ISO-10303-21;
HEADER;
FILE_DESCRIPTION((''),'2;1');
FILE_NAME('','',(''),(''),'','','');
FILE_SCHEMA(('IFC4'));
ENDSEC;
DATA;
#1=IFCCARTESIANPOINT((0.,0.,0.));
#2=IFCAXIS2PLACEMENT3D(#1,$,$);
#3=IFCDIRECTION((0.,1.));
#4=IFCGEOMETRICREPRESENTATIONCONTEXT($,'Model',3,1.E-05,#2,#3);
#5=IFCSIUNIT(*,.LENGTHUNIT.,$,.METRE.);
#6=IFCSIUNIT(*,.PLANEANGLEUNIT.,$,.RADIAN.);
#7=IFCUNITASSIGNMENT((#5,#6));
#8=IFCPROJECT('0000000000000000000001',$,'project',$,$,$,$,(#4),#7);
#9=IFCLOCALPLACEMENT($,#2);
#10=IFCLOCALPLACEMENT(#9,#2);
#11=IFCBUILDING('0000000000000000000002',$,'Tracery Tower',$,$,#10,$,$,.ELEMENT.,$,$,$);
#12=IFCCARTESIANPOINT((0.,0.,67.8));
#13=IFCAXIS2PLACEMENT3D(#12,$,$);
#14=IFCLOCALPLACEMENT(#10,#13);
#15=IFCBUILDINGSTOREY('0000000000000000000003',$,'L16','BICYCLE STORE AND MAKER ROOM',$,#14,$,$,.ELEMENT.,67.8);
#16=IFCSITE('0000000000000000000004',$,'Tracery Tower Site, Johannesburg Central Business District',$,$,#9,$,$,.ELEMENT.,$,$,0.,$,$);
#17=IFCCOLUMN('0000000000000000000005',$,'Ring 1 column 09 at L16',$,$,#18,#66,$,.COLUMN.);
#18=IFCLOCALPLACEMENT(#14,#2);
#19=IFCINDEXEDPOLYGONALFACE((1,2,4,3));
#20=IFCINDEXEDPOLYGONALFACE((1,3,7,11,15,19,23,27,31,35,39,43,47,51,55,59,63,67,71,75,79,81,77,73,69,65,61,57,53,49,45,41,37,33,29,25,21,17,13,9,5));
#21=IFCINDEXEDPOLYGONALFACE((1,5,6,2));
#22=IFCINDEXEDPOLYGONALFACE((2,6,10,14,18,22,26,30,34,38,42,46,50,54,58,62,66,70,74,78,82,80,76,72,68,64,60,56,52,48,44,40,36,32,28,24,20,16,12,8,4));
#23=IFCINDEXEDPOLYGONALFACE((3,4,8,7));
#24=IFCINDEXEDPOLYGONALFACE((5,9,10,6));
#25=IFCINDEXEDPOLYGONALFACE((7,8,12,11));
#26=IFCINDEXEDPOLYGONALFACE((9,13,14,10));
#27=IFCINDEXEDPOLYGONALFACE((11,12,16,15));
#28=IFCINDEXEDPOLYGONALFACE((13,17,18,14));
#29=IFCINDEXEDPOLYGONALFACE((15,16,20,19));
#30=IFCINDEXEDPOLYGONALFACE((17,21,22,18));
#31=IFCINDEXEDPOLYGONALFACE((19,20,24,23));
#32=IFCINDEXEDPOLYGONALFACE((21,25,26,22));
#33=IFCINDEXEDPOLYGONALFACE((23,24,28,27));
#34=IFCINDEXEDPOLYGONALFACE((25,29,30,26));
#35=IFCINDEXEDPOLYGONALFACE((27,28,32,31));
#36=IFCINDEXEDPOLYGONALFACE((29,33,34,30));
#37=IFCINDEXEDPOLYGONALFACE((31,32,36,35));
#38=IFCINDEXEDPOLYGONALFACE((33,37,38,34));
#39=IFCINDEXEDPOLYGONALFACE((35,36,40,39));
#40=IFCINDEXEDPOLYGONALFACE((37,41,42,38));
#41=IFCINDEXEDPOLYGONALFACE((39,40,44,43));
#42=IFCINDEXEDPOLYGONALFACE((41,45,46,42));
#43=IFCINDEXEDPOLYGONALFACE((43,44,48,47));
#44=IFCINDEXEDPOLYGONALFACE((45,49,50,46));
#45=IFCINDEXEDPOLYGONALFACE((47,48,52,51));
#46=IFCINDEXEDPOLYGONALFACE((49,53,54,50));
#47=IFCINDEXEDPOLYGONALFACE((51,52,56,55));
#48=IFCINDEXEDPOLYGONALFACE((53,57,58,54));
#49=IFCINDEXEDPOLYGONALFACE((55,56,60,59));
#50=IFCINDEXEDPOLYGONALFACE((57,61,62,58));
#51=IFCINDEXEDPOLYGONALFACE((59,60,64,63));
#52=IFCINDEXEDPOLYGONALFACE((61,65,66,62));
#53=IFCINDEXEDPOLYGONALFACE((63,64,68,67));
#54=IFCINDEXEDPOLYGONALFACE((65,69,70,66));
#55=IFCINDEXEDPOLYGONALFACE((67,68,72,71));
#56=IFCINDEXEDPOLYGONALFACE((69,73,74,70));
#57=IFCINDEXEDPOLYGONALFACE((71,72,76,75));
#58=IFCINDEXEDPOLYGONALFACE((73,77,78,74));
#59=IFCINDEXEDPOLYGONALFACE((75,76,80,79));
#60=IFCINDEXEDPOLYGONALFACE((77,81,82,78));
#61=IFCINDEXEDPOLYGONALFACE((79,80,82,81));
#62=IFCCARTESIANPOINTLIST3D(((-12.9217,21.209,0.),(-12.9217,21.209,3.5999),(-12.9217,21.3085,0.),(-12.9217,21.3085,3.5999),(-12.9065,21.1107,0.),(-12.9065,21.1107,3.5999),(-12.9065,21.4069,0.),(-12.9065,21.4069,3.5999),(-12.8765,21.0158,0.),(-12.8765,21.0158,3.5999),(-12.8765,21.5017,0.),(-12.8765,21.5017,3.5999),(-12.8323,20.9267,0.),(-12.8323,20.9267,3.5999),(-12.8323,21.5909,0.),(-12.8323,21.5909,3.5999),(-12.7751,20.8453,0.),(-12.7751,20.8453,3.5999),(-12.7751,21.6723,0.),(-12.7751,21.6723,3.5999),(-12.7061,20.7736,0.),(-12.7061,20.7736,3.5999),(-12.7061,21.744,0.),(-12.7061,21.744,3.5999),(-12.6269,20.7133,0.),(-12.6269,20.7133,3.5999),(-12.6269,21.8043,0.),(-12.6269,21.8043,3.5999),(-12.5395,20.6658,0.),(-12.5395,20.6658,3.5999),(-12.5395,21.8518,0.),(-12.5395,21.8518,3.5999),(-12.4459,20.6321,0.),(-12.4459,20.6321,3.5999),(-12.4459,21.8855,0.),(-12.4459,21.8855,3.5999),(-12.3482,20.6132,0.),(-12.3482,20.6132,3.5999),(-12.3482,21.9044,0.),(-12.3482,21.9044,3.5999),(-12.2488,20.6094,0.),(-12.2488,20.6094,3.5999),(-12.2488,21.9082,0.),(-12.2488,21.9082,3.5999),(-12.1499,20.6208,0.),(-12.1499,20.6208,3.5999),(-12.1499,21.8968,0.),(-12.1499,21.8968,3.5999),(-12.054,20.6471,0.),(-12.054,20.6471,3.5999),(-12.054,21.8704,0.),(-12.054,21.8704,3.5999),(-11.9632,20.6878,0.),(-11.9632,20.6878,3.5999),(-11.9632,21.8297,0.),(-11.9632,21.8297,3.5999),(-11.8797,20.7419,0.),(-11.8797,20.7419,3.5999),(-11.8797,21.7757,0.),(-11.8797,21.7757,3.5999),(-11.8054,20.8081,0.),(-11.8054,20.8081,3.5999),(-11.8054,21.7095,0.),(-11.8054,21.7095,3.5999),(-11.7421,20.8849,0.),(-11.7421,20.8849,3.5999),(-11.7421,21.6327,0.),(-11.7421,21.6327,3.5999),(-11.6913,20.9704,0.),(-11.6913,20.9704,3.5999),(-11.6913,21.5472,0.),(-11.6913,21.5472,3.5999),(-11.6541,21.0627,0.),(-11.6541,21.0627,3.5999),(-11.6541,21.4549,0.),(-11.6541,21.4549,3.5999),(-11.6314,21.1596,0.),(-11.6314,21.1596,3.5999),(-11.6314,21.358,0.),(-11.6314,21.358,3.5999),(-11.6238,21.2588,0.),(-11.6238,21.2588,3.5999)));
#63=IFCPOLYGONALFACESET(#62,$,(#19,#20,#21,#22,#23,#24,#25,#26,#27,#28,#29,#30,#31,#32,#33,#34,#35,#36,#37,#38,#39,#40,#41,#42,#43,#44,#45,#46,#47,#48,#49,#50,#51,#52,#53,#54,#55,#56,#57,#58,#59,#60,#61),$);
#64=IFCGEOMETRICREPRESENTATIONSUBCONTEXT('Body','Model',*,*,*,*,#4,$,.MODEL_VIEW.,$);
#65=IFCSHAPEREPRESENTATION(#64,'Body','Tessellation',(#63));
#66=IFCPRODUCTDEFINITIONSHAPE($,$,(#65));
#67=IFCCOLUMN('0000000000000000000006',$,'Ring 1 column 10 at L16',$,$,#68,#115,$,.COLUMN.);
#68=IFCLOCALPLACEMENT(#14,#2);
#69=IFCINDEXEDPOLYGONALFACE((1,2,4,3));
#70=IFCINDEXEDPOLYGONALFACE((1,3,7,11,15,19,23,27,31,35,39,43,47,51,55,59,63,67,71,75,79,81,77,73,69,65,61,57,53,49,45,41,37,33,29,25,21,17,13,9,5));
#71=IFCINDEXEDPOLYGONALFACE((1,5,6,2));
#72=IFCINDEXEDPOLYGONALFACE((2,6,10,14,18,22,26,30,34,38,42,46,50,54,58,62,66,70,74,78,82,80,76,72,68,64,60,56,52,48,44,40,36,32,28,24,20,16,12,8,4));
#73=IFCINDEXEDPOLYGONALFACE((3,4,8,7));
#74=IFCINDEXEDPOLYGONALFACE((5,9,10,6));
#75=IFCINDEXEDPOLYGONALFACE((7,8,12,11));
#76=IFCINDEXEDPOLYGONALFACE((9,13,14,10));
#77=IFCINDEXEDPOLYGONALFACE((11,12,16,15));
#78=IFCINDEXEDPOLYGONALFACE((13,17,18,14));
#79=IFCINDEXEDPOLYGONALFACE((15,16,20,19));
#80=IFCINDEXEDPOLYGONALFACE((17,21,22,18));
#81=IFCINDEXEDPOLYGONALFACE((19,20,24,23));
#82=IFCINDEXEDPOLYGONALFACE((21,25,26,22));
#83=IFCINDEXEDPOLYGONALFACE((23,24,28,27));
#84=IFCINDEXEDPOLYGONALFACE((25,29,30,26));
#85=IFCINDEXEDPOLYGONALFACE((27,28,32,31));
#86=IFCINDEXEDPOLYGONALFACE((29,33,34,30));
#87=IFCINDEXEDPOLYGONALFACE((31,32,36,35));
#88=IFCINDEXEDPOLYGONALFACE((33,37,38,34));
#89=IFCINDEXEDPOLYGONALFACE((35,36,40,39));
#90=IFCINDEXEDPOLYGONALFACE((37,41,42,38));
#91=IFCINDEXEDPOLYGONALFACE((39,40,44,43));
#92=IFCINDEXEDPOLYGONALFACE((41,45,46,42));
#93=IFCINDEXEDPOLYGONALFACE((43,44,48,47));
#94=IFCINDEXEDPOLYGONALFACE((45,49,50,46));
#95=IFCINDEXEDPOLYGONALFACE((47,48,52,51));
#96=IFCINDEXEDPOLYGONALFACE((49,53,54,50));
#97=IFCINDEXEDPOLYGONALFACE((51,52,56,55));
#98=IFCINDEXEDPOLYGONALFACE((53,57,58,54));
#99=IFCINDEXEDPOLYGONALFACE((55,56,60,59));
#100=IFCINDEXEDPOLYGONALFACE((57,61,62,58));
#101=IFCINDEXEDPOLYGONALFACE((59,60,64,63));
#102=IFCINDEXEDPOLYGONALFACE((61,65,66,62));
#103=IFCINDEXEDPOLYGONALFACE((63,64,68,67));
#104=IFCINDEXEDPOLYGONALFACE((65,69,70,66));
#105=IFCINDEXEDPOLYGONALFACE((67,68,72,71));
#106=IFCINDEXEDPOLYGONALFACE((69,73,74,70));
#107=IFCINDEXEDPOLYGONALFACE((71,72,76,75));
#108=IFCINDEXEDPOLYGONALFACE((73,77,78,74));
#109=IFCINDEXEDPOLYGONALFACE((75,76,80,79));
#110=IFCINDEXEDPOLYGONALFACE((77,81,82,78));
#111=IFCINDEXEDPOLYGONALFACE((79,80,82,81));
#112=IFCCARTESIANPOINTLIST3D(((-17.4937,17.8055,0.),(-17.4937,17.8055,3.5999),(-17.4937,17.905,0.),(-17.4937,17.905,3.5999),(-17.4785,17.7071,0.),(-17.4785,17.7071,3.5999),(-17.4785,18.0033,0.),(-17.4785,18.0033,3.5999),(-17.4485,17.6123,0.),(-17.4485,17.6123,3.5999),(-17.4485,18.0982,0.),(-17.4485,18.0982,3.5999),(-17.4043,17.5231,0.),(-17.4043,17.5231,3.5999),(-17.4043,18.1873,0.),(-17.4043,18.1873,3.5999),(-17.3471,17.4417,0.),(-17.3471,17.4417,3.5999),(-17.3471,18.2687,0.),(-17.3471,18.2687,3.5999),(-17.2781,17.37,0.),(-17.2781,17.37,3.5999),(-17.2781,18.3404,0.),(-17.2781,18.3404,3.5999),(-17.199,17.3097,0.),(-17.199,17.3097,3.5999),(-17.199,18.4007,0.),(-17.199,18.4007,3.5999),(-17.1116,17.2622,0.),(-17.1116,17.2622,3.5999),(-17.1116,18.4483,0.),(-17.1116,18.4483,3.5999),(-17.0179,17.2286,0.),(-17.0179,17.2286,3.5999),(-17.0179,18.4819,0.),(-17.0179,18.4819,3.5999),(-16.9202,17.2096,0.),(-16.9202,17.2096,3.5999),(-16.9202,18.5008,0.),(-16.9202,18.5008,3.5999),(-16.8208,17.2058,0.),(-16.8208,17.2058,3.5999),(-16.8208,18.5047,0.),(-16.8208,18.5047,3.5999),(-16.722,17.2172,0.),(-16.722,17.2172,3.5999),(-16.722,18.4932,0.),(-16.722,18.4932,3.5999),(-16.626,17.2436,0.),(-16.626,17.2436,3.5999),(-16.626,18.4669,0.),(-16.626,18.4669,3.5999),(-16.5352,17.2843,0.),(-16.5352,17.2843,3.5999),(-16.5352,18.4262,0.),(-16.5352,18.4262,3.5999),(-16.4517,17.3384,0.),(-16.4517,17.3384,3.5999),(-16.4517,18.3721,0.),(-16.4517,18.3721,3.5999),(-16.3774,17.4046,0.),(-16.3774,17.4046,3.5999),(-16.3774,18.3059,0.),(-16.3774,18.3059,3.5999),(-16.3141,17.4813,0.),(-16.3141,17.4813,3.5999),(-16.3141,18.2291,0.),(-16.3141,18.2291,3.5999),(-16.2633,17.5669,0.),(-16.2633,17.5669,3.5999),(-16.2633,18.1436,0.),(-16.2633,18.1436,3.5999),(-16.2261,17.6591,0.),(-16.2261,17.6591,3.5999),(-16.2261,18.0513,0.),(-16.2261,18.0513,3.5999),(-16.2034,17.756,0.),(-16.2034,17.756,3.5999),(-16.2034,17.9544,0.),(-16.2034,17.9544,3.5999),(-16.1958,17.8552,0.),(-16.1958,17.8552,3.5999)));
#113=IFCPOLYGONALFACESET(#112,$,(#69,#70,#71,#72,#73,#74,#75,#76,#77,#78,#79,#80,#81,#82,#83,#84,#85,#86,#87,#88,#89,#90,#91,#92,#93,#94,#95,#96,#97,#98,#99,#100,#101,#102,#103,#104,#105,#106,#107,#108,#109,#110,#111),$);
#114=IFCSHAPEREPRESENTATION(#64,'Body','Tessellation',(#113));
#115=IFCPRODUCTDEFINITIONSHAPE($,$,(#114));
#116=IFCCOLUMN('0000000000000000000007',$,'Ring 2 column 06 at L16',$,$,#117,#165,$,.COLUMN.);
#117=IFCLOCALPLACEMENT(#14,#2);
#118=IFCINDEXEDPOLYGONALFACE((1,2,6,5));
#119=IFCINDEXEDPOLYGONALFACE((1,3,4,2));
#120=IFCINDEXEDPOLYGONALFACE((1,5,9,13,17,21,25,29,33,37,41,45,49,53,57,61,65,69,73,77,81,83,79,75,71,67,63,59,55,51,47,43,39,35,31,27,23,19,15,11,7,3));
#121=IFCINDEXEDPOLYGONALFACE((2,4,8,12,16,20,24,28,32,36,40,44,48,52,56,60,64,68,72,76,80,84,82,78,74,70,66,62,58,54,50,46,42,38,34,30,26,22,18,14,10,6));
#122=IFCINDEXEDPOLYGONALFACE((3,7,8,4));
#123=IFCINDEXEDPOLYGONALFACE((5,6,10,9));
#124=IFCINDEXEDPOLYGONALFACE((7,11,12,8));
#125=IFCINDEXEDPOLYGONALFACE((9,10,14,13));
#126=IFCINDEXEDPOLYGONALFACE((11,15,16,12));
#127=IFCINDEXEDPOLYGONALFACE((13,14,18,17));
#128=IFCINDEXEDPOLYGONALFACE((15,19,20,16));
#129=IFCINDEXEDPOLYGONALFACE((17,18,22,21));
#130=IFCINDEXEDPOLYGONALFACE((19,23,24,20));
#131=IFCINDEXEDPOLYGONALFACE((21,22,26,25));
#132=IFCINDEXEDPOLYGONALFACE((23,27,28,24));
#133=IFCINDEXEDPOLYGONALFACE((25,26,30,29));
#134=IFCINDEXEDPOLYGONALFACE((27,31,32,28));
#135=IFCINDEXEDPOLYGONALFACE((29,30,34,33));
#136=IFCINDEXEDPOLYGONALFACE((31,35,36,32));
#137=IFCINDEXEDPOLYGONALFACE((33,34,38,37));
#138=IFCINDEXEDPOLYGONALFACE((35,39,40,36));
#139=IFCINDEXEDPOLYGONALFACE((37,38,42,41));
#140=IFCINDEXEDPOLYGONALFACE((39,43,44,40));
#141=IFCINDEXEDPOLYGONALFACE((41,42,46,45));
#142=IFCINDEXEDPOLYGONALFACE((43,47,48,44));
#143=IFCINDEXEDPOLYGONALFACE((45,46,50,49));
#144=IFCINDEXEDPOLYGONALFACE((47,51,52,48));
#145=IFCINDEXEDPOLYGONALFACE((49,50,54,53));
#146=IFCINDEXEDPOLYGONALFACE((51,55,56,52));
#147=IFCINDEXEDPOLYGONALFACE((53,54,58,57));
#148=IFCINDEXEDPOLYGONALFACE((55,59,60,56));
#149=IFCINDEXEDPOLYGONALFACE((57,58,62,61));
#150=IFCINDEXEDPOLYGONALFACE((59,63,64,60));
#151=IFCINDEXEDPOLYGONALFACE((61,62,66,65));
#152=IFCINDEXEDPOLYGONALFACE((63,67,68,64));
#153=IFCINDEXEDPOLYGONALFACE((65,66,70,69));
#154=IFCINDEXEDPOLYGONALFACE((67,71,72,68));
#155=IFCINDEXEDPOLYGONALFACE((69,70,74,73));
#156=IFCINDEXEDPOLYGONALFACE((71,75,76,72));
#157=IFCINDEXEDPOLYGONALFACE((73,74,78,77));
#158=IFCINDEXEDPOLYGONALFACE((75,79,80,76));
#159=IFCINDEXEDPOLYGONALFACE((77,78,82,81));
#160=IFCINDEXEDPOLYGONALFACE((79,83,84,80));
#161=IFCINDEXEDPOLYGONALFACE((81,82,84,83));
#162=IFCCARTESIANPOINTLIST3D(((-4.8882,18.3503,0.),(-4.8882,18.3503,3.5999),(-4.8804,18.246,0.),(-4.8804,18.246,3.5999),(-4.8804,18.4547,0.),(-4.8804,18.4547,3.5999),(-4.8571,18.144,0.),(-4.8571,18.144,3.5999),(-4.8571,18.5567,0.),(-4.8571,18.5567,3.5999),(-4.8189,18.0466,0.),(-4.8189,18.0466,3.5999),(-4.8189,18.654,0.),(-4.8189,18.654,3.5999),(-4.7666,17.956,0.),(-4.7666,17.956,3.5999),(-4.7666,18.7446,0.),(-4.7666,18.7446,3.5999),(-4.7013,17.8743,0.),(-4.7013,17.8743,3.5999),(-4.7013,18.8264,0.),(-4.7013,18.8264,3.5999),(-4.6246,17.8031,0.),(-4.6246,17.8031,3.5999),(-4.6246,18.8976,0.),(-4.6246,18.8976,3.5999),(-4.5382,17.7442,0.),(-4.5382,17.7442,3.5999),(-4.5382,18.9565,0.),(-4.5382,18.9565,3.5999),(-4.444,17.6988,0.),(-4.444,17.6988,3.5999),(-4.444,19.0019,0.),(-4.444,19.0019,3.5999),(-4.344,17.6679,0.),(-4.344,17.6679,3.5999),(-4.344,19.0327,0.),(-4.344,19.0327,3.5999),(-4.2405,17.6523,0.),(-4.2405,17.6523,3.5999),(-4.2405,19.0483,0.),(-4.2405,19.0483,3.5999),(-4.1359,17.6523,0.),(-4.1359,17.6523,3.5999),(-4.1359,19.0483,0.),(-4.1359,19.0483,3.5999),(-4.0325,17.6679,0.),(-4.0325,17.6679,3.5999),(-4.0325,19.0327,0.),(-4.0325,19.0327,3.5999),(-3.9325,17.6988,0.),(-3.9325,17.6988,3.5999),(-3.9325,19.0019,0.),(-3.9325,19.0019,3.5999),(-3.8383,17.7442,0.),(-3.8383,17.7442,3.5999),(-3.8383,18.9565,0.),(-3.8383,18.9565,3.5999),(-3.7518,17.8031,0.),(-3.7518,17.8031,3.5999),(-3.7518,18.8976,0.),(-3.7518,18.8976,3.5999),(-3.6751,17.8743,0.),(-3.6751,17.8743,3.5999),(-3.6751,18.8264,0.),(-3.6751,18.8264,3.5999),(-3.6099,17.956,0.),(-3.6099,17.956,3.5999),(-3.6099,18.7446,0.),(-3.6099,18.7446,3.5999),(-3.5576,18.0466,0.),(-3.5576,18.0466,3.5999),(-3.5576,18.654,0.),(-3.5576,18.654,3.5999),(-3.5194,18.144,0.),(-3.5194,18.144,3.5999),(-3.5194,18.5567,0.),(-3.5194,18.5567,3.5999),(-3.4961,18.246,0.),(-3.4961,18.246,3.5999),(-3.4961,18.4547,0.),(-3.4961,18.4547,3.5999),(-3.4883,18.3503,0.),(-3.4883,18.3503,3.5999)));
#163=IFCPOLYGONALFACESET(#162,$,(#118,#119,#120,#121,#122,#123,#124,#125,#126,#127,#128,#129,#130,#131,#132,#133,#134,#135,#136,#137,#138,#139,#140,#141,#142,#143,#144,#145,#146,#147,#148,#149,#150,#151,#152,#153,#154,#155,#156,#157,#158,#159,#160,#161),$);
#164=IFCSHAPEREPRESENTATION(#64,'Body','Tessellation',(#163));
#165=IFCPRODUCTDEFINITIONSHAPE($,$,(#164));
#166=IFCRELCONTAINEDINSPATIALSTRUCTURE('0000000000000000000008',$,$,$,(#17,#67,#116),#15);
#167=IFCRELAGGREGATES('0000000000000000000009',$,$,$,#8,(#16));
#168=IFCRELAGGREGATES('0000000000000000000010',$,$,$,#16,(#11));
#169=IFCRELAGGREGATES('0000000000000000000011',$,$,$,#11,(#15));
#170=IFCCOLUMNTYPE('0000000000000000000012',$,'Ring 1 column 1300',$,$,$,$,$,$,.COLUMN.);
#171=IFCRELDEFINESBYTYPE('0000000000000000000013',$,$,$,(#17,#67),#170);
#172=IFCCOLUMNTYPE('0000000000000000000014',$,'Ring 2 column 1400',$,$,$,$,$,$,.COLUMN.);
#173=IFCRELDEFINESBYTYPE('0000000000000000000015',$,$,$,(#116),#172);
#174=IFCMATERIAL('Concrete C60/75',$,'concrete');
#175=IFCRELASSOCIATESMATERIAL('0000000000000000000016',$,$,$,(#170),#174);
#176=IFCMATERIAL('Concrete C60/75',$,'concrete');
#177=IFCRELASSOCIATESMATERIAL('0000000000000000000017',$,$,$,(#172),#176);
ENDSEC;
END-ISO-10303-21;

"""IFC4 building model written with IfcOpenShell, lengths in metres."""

from ifc_helpers import new_model, si_unit, direction, frame, origin, origin_2d, place, context, subcontext, project, spatial, circle, extrude, material, material_profile, profile_set, type_object, element, save


model = new_model("IFC4")

# Units and contexts
model_context = context("Model", 3, precision=1e-05, world=origin(), true_north=direction((0.0, 1.0)))
body_context = subcontext(model_context, "Body", "Model", "MODEL_VIEW")
ifc_project = project(units=[si_unit("LENGTHUNIT", "METRE"), si_unit("PLANEANGLEUNIT", "RADIAN")], contexts=[model_context])

# Site, building, storey
site_placement = place(None, origin())
site = spatial("IfcSite", under=ifc_project, at=site_placement, Name="Tracery Tower Site, Johannesburg Central Business District", CompositionType="ELEMENT", RefElevation=0.0)
building_placement = place(site_placement, origin())
building = spatial("IfcBuilding", under=site, at=building_placement, Name="Tracery Tower", CompositionType="ELEMENT")
storey_placement = place(building_placement, frame((0.0, 0.0, 67.8)))
storey = spatial("IfcBuildingStorey", under=building, at=storey_placement, Name="L16", Description="BICYCLE STORE AND MAKER ROOM", CompositionType="ELEMENT", Elevation=67.8)

# Columns
ifc_material_1 = material(Name="Concrete C60/75", Category="concrete")
ifc_material_profile_1 = material_profile(ifc_material_1, circle(Radius=0.6499, at=origin_2d()), Name="RC D1300")
ifc_profile_set_1 = profile_set([ifc_material_profile_1], Name="Concrete C60/75")
column_type_1 = type_object("IfcColumnType", Name="Ring 1 column 1300", PredefinedType="COLUMN", material=ifc_profile_set_1)
for number, where, z_axis, x_axis, name in (
    (1, (-12.2737, 21.2588, 0.0), (0.0, 0.0, 1.0), (1.0, 0.0, 0.0), "Ring 1 column 09 at L16"),
    (2, (-16.8457, 17.8552, 0.0), (0.0, 0.0, 1.0), (1.0, 0.0, 0.0), "Ring 1 column 10 at L16"),
):
    element("IfcColumn", number, at=place(storey_placement, frame(where, z_axis=z_axis, x_axis=x_axis)), inside=storey, type_object=column_type_1, Name=name, PredefinedType="COLUMN", context=body_context, shape_type="SweptSolid", body=[
        extrude(circle(Radius=0.6499, at=origin_2d()), origin(), (0.0, 0.0, 1.0), 3.5999),
    ])
ifc_material_2 = material(Name="Concrete C60/75", Category="concrete")
ifc_material_profile_2 = material_profile(ifc_material_2, circle(Radius=0.7, at=origin_2d()), Name="RC D1400")
ifc_profile_set_2 = profile_set([ifc_material_profile_2], Name="Concrete C60/75")
column_type_2 = type_object("IfcColumnType", Name="Ring 2 column 1400", PredefinedType="COLUMN", material=ifc_profile_set_2)
for number, where, z_axis, x_axis, name in (
    (3, (-4.1882, 18.3503, 0.0), (0.0, 0.0, 1.0), (1.0, 0.0, 0.0), "Ring 2 column 06 at L16"),
):
    element("IfcColumn", number, at=place(storey_placement, frame(where, z_axis=z_axis, x_axis=x_axis)), inside=storey, type_object=column_type_2, Name=name, PredefinedType="COLUMN", context=body_context, shape_type="SweptSolid", body=[
        extrude(circle(Radius=0.7, at=origin_2d()), origin(), (0.0, 0.0, 1.0), 3.5999),
    ])

save(model, "model.ifc")
